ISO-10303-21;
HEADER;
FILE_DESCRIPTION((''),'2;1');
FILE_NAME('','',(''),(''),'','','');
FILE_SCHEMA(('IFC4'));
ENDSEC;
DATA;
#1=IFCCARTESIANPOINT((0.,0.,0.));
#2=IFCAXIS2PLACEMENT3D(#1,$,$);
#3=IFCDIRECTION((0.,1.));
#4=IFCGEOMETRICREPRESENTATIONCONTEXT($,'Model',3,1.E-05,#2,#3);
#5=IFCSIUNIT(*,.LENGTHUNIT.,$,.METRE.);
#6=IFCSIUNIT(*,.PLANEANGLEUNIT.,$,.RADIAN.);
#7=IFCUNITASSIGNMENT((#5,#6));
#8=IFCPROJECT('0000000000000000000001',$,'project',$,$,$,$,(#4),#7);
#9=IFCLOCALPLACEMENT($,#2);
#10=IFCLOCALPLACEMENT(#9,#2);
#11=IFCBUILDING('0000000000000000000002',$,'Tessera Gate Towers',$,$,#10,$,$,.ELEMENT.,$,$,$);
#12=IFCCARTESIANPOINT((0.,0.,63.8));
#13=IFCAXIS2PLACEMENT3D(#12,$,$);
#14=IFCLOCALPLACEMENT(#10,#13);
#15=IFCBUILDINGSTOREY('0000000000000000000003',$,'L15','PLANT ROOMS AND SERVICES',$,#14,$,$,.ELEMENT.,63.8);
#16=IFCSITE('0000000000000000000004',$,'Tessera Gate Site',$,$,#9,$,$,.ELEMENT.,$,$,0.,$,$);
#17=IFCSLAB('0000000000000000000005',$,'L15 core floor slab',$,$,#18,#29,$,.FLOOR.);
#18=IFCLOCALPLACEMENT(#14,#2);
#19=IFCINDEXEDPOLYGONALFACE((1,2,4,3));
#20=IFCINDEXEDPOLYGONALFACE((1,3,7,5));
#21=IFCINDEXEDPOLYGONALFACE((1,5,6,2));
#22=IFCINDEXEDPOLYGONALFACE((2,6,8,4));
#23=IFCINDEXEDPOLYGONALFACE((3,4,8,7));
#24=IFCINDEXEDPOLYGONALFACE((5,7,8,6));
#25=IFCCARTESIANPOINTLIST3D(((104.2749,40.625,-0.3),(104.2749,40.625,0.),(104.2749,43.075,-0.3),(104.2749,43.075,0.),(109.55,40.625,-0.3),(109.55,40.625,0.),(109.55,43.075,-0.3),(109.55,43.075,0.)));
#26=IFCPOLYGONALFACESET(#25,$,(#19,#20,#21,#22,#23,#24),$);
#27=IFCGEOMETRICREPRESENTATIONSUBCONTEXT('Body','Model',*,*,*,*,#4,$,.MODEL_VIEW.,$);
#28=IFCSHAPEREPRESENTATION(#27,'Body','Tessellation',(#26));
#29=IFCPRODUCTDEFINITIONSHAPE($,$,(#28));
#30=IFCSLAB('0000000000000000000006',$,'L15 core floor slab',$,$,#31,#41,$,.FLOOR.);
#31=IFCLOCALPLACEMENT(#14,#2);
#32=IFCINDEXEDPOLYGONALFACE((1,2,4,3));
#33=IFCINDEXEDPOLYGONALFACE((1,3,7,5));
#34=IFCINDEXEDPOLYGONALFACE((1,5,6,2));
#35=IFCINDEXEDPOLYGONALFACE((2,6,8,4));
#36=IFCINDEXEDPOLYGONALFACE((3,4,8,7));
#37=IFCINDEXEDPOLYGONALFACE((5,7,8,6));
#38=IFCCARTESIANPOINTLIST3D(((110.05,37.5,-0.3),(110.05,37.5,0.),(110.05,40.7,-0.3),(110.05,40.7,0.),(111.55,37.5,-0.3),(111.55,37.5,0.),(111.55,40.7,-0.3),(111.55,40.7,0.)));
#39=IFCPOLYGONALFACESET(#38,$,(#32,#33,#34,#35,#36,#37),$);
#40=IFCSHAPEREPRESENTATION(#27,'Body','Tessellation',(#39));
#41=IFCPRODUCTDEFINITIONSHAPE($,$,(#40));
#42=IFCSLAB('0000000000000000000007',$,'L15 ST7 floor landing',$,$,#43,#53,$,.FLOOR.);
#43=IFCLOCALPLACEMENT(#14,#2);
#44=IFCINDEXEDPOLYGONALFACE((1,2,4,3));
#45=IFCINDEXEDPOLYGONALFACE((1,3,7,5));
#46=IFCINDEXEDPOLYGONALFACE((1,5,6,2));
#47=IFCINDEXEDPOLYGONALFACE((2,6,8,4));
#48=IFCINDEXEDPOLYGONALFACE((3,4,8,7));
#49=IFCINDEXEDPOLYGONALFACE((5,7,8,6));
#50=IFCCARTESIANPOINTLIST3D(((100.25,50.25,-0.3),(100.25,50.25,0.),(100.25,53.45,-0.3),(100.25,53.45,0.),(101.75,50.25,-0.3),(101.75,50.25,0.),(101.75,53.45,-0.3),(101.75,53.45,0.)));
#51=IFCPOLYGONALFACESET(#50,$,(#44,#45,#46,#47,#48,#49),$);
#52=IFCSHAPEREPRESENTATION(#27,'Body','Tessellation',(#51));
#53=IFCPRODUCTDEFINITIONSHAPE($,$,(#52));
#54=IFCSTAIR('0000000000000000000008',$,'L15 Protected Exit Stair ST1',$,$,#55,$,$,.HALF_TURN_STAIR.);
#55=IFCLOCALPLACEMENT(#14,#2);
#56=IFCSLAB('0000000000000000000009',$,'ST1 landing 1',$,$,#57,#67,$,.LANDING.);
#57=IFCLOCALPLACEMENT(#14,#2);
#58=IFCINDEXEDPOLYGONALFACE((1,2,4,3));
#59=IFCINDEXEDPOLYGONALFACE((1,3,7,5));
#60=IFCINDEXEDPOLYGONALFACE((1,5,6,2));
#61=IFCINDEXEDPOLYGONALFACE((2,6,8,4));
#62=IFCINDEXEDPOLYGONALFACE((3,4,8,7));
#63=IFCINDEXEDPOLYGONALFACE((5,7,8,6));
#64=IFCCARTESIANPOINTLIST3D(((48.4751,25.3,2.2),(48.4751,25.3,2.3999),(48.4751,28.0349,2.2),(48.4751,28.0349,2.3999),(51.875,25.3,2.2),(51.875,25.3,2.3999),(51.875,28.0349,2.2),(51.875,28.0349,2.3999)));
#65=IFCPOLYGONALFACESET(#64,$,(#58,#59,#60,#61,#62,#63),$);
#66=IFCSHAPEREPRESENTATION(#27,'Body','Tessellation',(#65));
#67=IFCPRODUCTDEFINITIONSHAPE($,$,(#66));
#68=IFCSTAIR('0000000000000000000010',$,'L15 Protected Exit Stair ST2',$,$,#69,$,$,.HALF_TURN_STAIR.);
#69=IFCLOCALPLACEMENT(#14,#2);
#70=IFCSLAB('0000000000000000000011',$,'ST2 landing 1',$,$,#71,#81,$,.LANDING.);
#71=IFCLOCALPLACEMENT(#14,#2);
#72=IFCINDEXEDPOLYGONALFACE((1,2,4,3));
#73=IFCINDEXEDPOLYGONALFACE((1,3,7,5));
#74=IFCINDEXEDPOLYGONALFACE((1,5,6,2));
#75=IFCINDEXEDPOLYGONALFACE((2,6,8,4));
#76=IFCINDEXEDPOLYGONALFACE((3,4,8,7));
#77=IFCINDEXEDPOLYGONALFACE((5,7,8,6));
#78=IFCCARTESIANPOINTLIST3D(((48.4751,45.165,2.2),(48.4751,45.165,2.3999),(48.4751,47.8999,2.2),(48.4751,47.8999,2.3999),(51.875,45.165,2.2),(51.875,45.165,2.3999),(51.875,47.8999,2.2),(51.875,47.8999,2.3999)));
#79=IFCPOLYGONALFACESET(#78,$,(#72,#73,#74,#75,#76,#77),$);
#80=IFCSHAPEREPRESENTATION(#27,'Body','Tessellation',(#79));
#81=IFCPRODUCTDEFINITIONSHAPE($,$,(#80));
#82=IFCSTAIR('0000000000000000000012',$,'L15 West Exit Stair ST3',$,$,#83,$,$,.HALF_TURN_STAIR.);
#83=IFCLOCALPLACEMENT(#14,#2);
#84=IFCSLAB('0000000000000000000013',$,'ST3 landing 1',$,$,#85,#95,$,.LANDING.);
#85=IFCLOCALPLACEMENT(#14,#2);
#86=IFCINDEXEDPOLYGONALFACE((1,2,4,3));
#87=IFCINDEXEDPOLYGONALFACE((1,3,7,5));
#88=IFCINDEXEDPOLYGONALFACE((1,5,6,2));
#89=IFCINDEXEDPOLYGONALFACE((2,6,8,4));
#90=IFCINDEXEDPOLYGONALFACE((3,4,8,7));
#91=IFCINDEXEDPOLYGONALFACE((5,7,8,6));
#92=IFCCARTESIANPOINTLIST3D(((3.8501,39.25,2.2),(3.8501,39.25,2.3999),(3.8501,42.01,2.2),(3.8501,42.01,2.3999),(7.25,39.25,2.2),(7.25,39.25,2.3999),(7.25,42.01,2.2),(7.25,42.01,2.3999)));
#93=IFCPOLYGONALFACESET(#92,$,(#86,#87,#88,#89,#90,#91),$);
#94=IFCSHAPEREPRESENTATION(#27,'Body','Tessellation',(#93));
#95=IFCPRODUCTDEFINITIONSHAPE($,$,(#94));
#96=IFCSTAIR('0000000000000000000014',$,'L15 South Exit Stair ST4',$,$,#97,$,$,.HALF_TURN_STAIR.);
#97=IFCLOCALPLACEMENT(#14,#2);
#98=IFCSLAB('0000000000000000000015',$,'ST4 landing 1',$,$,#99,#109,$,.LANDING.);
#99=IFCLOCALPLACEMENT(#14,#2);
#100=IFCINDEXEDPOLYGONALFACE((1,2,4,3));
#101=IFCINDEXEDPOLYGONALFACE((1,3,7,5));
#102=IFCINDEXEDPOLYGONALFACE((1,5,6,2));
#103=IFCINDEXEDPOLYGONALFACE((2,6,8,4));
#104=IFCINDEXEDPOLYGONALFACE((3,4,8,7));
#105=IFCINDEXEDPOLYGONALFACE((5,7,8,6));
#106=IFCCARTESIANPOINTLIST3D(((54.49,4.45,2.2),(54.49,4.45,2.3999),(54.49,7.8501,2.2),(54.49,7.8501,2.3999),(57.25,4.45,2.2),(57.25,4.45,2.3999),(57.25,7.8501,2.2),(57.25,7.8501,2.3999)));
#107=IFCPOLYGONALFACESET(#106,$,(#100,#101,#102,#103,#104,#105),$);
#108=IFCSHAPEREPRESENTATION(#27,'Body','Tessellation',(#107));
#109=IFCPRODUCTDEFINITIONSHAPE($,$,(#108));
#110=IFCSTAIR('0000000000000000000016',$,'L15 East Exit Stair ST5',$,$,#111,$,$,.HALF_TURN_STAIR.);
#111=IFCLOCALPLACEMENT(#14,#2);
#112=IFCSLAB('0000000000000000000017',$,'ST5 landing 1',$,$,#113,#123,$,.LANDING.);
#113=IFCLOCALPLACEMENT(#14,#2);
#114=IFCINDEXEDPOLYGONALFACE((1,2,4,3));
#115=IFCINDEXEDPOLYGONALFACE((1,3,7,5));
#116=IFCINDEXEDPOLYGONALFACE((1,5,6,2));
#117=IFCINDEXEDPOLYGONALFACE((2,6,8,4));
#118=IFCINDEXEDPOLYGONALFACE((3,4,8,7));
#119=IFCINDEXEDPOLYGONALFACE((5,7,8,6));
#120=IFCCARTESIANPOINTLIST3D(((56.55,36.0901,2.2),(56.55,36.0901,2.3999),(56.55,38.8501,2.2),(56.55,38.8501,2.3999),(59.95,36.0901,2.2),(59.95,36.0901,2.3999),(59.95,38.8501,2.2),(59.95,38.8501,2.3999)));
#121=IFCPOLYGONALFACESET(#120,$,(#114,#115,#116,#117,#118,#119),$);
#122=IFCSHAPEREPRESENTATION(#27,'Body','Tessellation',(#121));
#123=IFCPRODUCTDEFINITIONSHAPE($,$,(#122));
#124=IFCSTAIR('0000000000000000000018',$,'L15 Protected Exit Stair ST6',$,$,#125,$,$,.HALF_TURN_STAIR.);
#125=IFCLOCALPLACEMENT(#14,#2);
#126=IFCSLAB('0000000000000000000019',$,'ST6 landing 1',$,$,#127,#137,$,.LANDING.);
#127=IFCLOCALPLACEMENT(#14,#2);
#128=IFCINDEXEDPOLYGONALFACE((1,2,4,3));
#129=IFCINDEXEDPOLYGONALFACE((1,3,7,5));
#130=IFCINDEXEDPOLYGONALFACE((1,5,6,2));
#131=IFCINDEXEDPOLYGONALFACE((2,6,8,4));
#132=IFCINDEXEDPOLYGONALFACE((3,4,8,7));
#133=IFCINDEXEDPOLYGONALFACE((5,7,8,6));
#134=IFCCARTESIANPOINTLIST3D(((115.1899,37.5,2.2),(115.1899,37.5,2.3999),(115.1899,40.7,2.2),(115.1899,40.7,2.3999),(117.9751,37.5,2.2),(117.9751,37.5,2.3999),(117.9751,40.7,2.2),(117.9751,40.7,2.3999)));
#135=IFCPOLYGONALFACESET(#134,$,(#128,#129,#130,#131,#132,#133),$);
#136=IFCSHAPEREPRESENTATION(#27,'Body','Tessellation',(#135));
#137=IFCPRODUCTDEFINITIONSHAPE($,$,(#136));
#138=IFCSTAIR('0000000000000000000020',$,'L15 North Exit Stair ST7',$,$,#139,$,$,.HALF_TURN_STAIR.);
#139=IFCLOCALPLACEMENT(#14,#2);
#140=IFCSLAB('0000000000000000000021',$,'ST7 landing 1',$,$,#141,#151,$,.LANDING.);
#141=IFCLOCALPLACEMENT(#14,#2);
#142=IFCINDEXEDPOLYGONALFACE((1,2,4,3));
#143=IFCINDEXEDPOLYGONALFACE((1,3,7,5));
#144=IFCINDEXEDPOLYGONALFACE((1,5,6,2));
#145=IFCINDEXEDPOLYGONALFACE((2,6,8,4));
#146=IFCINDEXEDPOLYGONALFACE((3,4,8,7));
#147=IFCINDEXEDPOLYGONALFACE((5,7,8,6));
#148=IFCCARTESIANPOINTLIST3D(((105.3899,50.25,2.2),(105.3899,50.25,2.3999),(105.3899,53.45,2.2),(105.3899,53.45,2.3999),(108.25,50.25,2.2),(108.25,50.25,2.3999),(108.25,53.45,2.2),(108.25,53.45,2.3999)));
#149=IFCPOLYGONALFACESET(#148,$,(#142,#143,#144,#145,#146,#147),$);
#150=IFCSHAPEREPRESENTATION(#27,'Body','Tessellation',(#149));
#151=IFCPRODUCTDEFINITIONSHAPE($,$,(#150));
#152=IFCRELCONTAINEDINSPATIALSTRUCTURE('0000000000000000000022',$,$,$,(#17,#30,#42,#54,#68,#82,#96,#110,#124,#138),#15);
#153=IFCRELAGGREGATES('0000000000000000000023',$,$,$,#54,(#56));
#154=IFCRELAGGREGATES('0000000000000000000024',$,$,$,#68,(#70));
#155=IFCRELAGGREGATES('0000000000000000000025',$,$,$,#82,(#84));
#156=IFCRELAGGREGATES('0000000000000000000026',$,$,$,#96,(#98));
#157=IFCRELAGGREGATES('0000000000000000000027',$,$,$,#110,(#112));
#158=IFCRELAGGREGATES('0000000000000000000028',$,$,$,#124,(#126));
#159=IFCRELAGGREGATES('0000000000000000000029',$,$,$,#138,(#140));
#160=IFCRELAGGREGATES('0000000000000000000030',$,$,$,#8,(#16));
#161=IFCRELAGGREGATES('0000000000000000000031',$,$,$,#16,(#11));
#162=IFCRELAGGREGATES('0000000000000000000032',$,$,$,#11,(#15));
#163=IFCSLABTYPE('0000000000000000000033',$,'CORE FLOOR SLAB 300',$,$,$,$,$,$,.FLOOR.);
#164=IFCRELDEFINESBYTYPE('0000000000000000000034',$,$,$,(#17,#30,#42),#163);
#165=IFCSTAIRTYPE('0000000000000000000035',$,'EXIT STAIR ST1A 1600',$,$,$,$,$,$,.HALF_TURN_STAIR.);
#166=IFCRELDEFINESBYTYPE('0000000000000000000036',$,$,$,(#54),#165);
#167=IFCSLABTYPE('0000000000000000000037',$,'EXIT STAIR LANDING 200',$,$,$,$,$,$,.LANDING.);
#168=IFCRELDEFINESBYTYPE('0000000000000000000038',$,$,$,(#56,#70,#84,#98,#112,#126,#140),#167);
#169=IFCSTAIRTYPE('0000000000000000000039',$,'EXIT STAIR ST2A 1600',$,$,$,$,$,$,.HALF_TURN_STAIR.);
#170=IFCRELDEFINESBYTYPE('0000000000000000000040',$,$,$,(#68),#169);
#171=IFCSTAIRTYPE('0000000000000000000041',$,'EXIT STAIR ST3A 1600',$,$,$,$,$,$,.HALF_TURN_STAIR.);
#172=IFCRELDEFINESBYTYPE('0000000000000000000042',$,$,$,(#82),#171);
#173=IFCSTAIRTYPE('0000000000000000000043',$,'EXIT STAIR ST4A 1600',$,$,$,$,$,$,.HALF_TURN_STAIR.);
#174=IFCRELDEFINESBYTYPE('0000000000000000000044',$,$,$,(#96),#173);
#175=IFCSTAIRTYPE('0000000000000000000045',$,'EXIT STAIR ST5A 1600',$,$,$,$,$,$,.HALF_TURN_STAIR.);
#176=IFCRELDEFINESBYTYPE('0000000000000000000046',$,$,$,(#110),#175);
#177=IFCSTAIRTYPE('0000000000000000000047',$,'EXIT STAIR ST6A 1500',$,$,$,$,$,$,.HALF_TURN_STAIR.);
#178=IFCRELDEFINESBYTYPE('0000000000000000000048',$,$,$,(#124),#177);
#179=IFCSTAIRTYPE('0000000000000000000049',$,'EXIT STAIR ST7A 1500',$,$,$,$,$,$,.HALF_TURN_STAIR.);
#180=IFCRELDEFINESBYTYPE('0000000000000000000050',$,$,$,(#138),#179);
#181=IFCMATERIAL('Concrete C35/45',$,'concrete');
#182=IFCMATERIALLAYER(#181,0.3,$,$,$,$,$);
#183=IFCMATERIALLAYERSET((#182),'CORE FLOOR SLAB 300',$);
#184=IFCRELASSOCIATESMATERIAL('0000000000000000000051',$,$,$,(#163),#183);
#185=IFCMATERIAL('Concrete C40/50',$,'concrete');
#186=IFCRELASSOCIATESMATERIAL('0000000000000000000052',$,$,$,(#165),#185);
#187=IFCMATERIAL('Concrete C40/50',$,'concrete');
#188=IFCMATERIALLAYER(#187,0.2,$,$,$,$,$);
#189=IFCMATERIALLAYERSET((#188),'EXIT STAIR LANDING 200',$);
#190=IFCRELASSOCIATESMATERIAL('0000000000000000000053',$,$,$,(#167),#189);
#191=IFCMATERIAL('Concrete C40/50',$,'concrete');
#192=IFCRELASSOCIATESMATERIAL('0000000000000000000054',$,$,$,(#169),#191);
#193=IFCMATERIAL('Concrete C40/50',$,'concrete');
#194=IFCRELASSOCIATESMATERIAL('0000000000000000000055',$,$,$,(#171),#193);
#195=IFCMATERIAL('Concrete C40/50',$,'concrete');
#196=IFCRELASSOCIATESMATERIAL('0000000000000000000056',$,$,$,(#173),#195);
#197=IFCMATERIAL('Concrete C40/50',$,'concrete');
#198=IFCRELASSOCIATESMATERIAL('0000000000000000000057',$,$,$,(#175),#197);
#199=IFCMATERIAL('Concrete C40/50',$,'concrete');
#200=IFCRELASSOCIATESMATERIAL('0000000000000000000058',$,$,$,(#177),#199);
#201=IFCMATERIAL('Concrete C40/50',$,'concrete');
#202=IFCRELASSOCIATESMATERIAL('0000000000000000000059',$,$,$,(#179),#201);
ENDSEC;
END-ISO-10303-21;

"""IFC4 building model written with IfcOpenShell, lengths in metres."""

from ifc_helpers import new_model, si_unit, direction, frame, origin, place, context, subcontext, project, spatial, polyline, outline, extrude, material, layer, layer_set, type_object, element, aggregate, save


model = new_model("IFC4")

# Units and contexts
model_context = context("Model", 3, precision=1e-05, world=origin(), true_north=direction((0.0, 1.0)))
body_context = subcontext(model_context, "Body", "Model", "MODEL_VIEW")
ifc_project = project(units=[si_unit("LENGTHUNIT", "METRE"), si_unit("PLANEANGLEUNIT", "RADIAN")], contexts=[model_context])

# Site, building, storey
site_placement = place(None, origin())
site = spatial("IfcSite", under=ifc_project, at=site_placement, Name="Tessera Gate Site", CompositionType="ELEMENT", RefElevation=0.0)
building_placement = place(site_placement, origin())
building = spatial("IfcBuilding", under=site, at=building_placement, Name="Tessera Gate Towers", CompositionType="ELEMENT")
storey_placement = place(building_placement, frame((0.0, 0.0, 63.8)))
storey = spatial("IfcBuildingStorey", under=building, at=storey_placement, Name="L15", Description="PLANT ROOMS AND SERVICES", CompositionType="ELEMENT", Elevation=63.8)

# Slabs
ifc_material_1 = material(Name="Concrete C35/45", Category="concrete")
ifc_layer_1 = layer(ifc_material_1, 0.3)
ifc_layer_set_1 = layer_set([ifc_layer_1], Name="CORE FLOOR SLAB 300")
slab_type_1 = type_object("IfcSlabType", Name="CORE FLOOR SLAB 300", PredefinedType="FLOOR", material=ifc_layer_set_1)
slab_1_placement = place(storey_placement, frame((0.0, 0.0, -0.3)))
element("IfcSlab", 1, at=slab_1_placement, inside=storey, type_object=slab_type_1, Name="L15 core floor slab", PredefinedType="FLOOR", context=body_context, shape_type="SweptSolid", body=[
    extrude(outline(polyline([(109.55, 43.075), (104.2749, 43.075), (104.2749, 40.625), (109.55, 40.625), (109.55, 43.075)])), origin(), (0.0, 0.0, 1.0), 0.3),
])
slab_2_placement = place(storey_placement, frame((0.0, 0.0, -0.3)))
element("IfcSlab", 2, at=slab_2_placement, inside=storey, type_object=slab_type_1, Name="L15 core floor slab", PredefinedType="FLOOR", context=body_context, shape_type="SweptSolid", body=[
    extrude(outline(polyline([(111.55, 37.5), (111.55, 40.7), (110.05, 40.7), (110.05, 37.5), (111.55, 37.5)])), origin(), (0.0, 0.0, 1.0), 0.3),
])
slab_3_placement = place(storey_placement, frame((0.0, 0.0, -0.3)))
element("IfcSlab", 3, at=slab_3_placement, inside=storey, type_object=slab_type_1, Name="L15 ST7 floor landing", PredefinedType="FLOOR", context=body_context, shape_type="SweptSolid", body=[
    extrude(outline(polyline([(100.25, 50.25), (101.75, 50.25), (101.75, 53.45), (100.25, 53.45), (100.25, 50.25)])), origin(), (0.0, 0.0, 1.0), 0.3),
])

# Stairs, slabs
ifc_material_2 = material(Name="Concrete C40/50", Category="concrete")
stair_type_1 = type_object("IfcStairType", Name="EXIT STAIR ST1A 1600", PredefinedType="HALF_TURN_STAIR", material=ifc_material_2)
stair_1_placement = place(storey_placement, origin())
stair_1 = element("IfcStair", 4, at=stair_1_placement, inside=storey, type_object=stair_type_1, Name="L15 Protected Exit Stair ST1", PredefinedType="HALF_TURN_STAIR")
ifc_material_3 = material(Name="Concrete C40/50", Category="concrete")
ifc_layer_2 = layer(ifc_material_3, 0.2)
ifc_layer_set_2 = layer_set([ifc_layer_2], Name="EXIT STAIR LANDING 200")
slab_type_2 = type_object("IfcSlabType", Name="EXIT STAIR LANDING 200", PredefinedType="LANDING", material=ifc_layer_set_2)
slab_4_placement = place(storey_placement, frame((0.0, 0.0, 2.2)))
slab_4 = element("IfcSlab", 5, at=slab_4_placement, type_object=slab_type_2, Name="ST1 landing 1", PredefinedType="LANDING", context=body_context, shape_type="SweptSolid", body=[
    extrude(outline(polyline([(48.4751, 28.0349), (48.4751, 25.3), (51.875, 25.3), (51.875, 28.0349), (48.4751, 28.0349)])), origin(), (0.0, 0.0, 1.0), 0.2),
])
aggregate(stair_1, [slab_4])
ifc_material_4 = material(Name="Concrete C40/50", Category="concrete")
stair_type_2 = type_object("IfcStairType", Name="EXIT STAIR ST2A 1600", PredefinedType="HALF_TURN_STAIR", material=ifc_material_4)
stair_2_placement = place(storey_placement, origin())
stair_2 = element("IfcStair", 6, at=stair_2_placement, inside=storey, type_object=stair_type_2, Name="L15 Protected Exit Stair ST2", PredefinedType="HALF_TURN_STAIR")
slab_5_placement = place(storey_placement, frame((0.0, 0.0, 2.2)))
slab_5 = element("IfcSlab", 7, at=slab_5_placement, type_object=slab_type_2, Name="ST2 landing 1", PredefinedType="LANDING", context=body_context, shape_type="SweptSolid", body=[
    extrude(outline(polyline([(51.875, 45.165), (51.875, 47.8999), (48.4751, 47.8999), (48.4751, 45.165), (51.875, 45.165)])), origin(), (0.0, 0.0, 1.0), 0.2),
])
aggregate(stair_2, [slab_5])
ifc_material_5 = material(Name="Concrete C40/50", Category="concrete")
stair_type_3 = type_object("IfcStairType", Name="EXIT STAIR ST3A 1600", PredefinedType="HALF_TURN_STAIR", material=ifc_material_5)
stair_3_placement = place(storey_placement, origin())
stair_3 = element("IfcStair", 8, at=stair_3_placement, inside=storey, type_object=stair_type_3, Name="L15 West Exit Stair ST3", PredefinedType="HALF_TURN_STAIR")
slab_6_placement = place(storey_placement, frame((0.0, 0.0, 2.2)))
slab_6 = element("IfcSlab", 9, at=slab_6_placement, type_object=slab_type_2, Name="ST3 landing 1", PredefinedType="LANDING", context=body_context, shape_type="SweptSolid", body=[
    extrude(outline(polyline([(3.8501, 42.01), (3.8501, 39.25), (7.25, 39.25), (7.25, 42.01), (3.8501, 42.01)])), origin(), (0.0, 0.0, 1.0), 0.2),
])
aggregate(stair_3, [slab_6])
ifc_material_6 = material(Name="Concrete C40/50", Category="concrete")
stair_type_4 = type_object("IfcStairType", Name="EXIT STAIR ST4A 1600", PredefinedType="HALF_TURN_STAIR", material=ifc_material_6)
stair_4_placement = place(storey_placement, origin())
stair_4 = element("IfcStair", 10, at=stair_4_placement, inside=storey, type_object=stair_type_4, Name="L15 South Exit Stair ST4", PredefinedType="HALF_TURN_STAIR")
slab_7_placement = place(storey_placement, frame((0.0, 0.0, 2.2)))
slab_7 = element("IfcSlab", 11, at=slab_7_placement, type_object=slab_type_2, Name="ST4 landing 1", PredefinedType="LANDING", context=body_context, shape_type="SweptSolid", body=[
    extrude(outline(polyline([(54.49, 4.45), (57.25, 4.45), (57.25, 7.8501), (54.49, 7.8501), (54.49, 4.45)])), origin(), (0.0, 0.0, 1.0), 0.2),
])
aggregate(stair_4, [slab_7])
ifc_material_7 = material(Name="Concrete C40/50", Category="concrete")
stair_type_5 = type_object("IfcStairType", Name="EXIT STAIR ST5A 1600", PredefinedType="HALF_TURN_STAIR", material=ifc_material_7)
stair_5_placement = place(storey_placement, origin())
stair_5 = element("IfcStair", 12, at=stair_5_placement, inside=storey, type_object=stair_type_5, Name="L15 East Exit Stair ST5", PredefinedType="HALF_TURN_STAIR")
slab_8_placement = place(storey_placement, frame((0.0, 0.0, 2.2)))
slab_8 = element("IfcSlab", 13, at=slab_8_placement, type_object=slab_type_2, Name="ST5 landing 1", PredefinedType="LANDING", context=body_context, shape_type="SweptSolid", body=[
    extrude(outline(polyline([(59.95, 36.0901), (59.95, 38.8501), (56.55, 38.8501), (56.55, 36.0901), (59.95, 36.0901)])), origin(), (0.0, 0.0, 1.0), 0.2),
])
aggregate(stair_5, [slab_8])
ifc_material_8 = material(Name="Concrete C40/50", Category="concrete")
stair_type_6 = type_object("IfcStairType", Name="EXIT STAIR ST6A 1500", PredefinedType="HALF_TURN_STAIR", material=ifc_material_8)
stair_6_placement = place(storey_placement, origin())
stair_6 = element("IfcStair", 14, at=stair_6_placement, inside=storey, type_object=stair_type_6, Name="L15 Protected Exit Stair ST6", PredefinedType="HALF_TURN_STAIR")
slab_9_placement = place(storey_placement, frame((0.0, 0.0, 2.2)))
slab_9 = element("IfcSlab", 15, at=slab_9_placement, type_object=slab_type_2, Name="ST6 landing 1", PredefinedType="LANDING", context=body_context, shape_type="SweptSolid", body=[
    extrude(outline(polyline([(115.1899, 37.5), (117.9751, 37.5), (117.9751, 40.7), (115.1899, 40.7), (115.1899, 37.5)])), origin(), (0.0, 0.0, 1.0), 0.2),
])
aggregate(stair_6, [slab_9])
ifc_material_9 = material(Name="Concrete C40/50", Category="concrete")
stair_type_7 = type_object("IfcStairType", Name="EXIT STAIR ST7A 1500", PredefinedType="HALF_TURN_STAIR", material=ifc_material_9)
stair_7_placement = place(storey_placement, origin())
stair_7 = element("IfcStair", 16, at=stair_7_placement, inside=storey, type_object=stair_type_7, Name="L15 North Exit Stair ST7", PredefinedType="HALF_TURN_STAIR")
slab_10_placement = place(storey_placement, frame((0.0, 0.0, 2.2)))
slab_10 = element("IfcSlab", 17, at=slab_10_placement, type_object=slab_type_2, Name="ST7 landing 1", PredefinedType="LANDING", context=body_context, shape_type="SweptSolid", body=[
    extrude(outline(polyline([(105.3899, 50.25), (108.25, 50.25), (108.25, 53.45), (105.3899, 53.45), (105.3899, 50.25)])), origin(), (0.0, 0.0, 1.0), 0.2),
])
aggregate(stair_7, [slab_10])

save(model, "model.ifc")
